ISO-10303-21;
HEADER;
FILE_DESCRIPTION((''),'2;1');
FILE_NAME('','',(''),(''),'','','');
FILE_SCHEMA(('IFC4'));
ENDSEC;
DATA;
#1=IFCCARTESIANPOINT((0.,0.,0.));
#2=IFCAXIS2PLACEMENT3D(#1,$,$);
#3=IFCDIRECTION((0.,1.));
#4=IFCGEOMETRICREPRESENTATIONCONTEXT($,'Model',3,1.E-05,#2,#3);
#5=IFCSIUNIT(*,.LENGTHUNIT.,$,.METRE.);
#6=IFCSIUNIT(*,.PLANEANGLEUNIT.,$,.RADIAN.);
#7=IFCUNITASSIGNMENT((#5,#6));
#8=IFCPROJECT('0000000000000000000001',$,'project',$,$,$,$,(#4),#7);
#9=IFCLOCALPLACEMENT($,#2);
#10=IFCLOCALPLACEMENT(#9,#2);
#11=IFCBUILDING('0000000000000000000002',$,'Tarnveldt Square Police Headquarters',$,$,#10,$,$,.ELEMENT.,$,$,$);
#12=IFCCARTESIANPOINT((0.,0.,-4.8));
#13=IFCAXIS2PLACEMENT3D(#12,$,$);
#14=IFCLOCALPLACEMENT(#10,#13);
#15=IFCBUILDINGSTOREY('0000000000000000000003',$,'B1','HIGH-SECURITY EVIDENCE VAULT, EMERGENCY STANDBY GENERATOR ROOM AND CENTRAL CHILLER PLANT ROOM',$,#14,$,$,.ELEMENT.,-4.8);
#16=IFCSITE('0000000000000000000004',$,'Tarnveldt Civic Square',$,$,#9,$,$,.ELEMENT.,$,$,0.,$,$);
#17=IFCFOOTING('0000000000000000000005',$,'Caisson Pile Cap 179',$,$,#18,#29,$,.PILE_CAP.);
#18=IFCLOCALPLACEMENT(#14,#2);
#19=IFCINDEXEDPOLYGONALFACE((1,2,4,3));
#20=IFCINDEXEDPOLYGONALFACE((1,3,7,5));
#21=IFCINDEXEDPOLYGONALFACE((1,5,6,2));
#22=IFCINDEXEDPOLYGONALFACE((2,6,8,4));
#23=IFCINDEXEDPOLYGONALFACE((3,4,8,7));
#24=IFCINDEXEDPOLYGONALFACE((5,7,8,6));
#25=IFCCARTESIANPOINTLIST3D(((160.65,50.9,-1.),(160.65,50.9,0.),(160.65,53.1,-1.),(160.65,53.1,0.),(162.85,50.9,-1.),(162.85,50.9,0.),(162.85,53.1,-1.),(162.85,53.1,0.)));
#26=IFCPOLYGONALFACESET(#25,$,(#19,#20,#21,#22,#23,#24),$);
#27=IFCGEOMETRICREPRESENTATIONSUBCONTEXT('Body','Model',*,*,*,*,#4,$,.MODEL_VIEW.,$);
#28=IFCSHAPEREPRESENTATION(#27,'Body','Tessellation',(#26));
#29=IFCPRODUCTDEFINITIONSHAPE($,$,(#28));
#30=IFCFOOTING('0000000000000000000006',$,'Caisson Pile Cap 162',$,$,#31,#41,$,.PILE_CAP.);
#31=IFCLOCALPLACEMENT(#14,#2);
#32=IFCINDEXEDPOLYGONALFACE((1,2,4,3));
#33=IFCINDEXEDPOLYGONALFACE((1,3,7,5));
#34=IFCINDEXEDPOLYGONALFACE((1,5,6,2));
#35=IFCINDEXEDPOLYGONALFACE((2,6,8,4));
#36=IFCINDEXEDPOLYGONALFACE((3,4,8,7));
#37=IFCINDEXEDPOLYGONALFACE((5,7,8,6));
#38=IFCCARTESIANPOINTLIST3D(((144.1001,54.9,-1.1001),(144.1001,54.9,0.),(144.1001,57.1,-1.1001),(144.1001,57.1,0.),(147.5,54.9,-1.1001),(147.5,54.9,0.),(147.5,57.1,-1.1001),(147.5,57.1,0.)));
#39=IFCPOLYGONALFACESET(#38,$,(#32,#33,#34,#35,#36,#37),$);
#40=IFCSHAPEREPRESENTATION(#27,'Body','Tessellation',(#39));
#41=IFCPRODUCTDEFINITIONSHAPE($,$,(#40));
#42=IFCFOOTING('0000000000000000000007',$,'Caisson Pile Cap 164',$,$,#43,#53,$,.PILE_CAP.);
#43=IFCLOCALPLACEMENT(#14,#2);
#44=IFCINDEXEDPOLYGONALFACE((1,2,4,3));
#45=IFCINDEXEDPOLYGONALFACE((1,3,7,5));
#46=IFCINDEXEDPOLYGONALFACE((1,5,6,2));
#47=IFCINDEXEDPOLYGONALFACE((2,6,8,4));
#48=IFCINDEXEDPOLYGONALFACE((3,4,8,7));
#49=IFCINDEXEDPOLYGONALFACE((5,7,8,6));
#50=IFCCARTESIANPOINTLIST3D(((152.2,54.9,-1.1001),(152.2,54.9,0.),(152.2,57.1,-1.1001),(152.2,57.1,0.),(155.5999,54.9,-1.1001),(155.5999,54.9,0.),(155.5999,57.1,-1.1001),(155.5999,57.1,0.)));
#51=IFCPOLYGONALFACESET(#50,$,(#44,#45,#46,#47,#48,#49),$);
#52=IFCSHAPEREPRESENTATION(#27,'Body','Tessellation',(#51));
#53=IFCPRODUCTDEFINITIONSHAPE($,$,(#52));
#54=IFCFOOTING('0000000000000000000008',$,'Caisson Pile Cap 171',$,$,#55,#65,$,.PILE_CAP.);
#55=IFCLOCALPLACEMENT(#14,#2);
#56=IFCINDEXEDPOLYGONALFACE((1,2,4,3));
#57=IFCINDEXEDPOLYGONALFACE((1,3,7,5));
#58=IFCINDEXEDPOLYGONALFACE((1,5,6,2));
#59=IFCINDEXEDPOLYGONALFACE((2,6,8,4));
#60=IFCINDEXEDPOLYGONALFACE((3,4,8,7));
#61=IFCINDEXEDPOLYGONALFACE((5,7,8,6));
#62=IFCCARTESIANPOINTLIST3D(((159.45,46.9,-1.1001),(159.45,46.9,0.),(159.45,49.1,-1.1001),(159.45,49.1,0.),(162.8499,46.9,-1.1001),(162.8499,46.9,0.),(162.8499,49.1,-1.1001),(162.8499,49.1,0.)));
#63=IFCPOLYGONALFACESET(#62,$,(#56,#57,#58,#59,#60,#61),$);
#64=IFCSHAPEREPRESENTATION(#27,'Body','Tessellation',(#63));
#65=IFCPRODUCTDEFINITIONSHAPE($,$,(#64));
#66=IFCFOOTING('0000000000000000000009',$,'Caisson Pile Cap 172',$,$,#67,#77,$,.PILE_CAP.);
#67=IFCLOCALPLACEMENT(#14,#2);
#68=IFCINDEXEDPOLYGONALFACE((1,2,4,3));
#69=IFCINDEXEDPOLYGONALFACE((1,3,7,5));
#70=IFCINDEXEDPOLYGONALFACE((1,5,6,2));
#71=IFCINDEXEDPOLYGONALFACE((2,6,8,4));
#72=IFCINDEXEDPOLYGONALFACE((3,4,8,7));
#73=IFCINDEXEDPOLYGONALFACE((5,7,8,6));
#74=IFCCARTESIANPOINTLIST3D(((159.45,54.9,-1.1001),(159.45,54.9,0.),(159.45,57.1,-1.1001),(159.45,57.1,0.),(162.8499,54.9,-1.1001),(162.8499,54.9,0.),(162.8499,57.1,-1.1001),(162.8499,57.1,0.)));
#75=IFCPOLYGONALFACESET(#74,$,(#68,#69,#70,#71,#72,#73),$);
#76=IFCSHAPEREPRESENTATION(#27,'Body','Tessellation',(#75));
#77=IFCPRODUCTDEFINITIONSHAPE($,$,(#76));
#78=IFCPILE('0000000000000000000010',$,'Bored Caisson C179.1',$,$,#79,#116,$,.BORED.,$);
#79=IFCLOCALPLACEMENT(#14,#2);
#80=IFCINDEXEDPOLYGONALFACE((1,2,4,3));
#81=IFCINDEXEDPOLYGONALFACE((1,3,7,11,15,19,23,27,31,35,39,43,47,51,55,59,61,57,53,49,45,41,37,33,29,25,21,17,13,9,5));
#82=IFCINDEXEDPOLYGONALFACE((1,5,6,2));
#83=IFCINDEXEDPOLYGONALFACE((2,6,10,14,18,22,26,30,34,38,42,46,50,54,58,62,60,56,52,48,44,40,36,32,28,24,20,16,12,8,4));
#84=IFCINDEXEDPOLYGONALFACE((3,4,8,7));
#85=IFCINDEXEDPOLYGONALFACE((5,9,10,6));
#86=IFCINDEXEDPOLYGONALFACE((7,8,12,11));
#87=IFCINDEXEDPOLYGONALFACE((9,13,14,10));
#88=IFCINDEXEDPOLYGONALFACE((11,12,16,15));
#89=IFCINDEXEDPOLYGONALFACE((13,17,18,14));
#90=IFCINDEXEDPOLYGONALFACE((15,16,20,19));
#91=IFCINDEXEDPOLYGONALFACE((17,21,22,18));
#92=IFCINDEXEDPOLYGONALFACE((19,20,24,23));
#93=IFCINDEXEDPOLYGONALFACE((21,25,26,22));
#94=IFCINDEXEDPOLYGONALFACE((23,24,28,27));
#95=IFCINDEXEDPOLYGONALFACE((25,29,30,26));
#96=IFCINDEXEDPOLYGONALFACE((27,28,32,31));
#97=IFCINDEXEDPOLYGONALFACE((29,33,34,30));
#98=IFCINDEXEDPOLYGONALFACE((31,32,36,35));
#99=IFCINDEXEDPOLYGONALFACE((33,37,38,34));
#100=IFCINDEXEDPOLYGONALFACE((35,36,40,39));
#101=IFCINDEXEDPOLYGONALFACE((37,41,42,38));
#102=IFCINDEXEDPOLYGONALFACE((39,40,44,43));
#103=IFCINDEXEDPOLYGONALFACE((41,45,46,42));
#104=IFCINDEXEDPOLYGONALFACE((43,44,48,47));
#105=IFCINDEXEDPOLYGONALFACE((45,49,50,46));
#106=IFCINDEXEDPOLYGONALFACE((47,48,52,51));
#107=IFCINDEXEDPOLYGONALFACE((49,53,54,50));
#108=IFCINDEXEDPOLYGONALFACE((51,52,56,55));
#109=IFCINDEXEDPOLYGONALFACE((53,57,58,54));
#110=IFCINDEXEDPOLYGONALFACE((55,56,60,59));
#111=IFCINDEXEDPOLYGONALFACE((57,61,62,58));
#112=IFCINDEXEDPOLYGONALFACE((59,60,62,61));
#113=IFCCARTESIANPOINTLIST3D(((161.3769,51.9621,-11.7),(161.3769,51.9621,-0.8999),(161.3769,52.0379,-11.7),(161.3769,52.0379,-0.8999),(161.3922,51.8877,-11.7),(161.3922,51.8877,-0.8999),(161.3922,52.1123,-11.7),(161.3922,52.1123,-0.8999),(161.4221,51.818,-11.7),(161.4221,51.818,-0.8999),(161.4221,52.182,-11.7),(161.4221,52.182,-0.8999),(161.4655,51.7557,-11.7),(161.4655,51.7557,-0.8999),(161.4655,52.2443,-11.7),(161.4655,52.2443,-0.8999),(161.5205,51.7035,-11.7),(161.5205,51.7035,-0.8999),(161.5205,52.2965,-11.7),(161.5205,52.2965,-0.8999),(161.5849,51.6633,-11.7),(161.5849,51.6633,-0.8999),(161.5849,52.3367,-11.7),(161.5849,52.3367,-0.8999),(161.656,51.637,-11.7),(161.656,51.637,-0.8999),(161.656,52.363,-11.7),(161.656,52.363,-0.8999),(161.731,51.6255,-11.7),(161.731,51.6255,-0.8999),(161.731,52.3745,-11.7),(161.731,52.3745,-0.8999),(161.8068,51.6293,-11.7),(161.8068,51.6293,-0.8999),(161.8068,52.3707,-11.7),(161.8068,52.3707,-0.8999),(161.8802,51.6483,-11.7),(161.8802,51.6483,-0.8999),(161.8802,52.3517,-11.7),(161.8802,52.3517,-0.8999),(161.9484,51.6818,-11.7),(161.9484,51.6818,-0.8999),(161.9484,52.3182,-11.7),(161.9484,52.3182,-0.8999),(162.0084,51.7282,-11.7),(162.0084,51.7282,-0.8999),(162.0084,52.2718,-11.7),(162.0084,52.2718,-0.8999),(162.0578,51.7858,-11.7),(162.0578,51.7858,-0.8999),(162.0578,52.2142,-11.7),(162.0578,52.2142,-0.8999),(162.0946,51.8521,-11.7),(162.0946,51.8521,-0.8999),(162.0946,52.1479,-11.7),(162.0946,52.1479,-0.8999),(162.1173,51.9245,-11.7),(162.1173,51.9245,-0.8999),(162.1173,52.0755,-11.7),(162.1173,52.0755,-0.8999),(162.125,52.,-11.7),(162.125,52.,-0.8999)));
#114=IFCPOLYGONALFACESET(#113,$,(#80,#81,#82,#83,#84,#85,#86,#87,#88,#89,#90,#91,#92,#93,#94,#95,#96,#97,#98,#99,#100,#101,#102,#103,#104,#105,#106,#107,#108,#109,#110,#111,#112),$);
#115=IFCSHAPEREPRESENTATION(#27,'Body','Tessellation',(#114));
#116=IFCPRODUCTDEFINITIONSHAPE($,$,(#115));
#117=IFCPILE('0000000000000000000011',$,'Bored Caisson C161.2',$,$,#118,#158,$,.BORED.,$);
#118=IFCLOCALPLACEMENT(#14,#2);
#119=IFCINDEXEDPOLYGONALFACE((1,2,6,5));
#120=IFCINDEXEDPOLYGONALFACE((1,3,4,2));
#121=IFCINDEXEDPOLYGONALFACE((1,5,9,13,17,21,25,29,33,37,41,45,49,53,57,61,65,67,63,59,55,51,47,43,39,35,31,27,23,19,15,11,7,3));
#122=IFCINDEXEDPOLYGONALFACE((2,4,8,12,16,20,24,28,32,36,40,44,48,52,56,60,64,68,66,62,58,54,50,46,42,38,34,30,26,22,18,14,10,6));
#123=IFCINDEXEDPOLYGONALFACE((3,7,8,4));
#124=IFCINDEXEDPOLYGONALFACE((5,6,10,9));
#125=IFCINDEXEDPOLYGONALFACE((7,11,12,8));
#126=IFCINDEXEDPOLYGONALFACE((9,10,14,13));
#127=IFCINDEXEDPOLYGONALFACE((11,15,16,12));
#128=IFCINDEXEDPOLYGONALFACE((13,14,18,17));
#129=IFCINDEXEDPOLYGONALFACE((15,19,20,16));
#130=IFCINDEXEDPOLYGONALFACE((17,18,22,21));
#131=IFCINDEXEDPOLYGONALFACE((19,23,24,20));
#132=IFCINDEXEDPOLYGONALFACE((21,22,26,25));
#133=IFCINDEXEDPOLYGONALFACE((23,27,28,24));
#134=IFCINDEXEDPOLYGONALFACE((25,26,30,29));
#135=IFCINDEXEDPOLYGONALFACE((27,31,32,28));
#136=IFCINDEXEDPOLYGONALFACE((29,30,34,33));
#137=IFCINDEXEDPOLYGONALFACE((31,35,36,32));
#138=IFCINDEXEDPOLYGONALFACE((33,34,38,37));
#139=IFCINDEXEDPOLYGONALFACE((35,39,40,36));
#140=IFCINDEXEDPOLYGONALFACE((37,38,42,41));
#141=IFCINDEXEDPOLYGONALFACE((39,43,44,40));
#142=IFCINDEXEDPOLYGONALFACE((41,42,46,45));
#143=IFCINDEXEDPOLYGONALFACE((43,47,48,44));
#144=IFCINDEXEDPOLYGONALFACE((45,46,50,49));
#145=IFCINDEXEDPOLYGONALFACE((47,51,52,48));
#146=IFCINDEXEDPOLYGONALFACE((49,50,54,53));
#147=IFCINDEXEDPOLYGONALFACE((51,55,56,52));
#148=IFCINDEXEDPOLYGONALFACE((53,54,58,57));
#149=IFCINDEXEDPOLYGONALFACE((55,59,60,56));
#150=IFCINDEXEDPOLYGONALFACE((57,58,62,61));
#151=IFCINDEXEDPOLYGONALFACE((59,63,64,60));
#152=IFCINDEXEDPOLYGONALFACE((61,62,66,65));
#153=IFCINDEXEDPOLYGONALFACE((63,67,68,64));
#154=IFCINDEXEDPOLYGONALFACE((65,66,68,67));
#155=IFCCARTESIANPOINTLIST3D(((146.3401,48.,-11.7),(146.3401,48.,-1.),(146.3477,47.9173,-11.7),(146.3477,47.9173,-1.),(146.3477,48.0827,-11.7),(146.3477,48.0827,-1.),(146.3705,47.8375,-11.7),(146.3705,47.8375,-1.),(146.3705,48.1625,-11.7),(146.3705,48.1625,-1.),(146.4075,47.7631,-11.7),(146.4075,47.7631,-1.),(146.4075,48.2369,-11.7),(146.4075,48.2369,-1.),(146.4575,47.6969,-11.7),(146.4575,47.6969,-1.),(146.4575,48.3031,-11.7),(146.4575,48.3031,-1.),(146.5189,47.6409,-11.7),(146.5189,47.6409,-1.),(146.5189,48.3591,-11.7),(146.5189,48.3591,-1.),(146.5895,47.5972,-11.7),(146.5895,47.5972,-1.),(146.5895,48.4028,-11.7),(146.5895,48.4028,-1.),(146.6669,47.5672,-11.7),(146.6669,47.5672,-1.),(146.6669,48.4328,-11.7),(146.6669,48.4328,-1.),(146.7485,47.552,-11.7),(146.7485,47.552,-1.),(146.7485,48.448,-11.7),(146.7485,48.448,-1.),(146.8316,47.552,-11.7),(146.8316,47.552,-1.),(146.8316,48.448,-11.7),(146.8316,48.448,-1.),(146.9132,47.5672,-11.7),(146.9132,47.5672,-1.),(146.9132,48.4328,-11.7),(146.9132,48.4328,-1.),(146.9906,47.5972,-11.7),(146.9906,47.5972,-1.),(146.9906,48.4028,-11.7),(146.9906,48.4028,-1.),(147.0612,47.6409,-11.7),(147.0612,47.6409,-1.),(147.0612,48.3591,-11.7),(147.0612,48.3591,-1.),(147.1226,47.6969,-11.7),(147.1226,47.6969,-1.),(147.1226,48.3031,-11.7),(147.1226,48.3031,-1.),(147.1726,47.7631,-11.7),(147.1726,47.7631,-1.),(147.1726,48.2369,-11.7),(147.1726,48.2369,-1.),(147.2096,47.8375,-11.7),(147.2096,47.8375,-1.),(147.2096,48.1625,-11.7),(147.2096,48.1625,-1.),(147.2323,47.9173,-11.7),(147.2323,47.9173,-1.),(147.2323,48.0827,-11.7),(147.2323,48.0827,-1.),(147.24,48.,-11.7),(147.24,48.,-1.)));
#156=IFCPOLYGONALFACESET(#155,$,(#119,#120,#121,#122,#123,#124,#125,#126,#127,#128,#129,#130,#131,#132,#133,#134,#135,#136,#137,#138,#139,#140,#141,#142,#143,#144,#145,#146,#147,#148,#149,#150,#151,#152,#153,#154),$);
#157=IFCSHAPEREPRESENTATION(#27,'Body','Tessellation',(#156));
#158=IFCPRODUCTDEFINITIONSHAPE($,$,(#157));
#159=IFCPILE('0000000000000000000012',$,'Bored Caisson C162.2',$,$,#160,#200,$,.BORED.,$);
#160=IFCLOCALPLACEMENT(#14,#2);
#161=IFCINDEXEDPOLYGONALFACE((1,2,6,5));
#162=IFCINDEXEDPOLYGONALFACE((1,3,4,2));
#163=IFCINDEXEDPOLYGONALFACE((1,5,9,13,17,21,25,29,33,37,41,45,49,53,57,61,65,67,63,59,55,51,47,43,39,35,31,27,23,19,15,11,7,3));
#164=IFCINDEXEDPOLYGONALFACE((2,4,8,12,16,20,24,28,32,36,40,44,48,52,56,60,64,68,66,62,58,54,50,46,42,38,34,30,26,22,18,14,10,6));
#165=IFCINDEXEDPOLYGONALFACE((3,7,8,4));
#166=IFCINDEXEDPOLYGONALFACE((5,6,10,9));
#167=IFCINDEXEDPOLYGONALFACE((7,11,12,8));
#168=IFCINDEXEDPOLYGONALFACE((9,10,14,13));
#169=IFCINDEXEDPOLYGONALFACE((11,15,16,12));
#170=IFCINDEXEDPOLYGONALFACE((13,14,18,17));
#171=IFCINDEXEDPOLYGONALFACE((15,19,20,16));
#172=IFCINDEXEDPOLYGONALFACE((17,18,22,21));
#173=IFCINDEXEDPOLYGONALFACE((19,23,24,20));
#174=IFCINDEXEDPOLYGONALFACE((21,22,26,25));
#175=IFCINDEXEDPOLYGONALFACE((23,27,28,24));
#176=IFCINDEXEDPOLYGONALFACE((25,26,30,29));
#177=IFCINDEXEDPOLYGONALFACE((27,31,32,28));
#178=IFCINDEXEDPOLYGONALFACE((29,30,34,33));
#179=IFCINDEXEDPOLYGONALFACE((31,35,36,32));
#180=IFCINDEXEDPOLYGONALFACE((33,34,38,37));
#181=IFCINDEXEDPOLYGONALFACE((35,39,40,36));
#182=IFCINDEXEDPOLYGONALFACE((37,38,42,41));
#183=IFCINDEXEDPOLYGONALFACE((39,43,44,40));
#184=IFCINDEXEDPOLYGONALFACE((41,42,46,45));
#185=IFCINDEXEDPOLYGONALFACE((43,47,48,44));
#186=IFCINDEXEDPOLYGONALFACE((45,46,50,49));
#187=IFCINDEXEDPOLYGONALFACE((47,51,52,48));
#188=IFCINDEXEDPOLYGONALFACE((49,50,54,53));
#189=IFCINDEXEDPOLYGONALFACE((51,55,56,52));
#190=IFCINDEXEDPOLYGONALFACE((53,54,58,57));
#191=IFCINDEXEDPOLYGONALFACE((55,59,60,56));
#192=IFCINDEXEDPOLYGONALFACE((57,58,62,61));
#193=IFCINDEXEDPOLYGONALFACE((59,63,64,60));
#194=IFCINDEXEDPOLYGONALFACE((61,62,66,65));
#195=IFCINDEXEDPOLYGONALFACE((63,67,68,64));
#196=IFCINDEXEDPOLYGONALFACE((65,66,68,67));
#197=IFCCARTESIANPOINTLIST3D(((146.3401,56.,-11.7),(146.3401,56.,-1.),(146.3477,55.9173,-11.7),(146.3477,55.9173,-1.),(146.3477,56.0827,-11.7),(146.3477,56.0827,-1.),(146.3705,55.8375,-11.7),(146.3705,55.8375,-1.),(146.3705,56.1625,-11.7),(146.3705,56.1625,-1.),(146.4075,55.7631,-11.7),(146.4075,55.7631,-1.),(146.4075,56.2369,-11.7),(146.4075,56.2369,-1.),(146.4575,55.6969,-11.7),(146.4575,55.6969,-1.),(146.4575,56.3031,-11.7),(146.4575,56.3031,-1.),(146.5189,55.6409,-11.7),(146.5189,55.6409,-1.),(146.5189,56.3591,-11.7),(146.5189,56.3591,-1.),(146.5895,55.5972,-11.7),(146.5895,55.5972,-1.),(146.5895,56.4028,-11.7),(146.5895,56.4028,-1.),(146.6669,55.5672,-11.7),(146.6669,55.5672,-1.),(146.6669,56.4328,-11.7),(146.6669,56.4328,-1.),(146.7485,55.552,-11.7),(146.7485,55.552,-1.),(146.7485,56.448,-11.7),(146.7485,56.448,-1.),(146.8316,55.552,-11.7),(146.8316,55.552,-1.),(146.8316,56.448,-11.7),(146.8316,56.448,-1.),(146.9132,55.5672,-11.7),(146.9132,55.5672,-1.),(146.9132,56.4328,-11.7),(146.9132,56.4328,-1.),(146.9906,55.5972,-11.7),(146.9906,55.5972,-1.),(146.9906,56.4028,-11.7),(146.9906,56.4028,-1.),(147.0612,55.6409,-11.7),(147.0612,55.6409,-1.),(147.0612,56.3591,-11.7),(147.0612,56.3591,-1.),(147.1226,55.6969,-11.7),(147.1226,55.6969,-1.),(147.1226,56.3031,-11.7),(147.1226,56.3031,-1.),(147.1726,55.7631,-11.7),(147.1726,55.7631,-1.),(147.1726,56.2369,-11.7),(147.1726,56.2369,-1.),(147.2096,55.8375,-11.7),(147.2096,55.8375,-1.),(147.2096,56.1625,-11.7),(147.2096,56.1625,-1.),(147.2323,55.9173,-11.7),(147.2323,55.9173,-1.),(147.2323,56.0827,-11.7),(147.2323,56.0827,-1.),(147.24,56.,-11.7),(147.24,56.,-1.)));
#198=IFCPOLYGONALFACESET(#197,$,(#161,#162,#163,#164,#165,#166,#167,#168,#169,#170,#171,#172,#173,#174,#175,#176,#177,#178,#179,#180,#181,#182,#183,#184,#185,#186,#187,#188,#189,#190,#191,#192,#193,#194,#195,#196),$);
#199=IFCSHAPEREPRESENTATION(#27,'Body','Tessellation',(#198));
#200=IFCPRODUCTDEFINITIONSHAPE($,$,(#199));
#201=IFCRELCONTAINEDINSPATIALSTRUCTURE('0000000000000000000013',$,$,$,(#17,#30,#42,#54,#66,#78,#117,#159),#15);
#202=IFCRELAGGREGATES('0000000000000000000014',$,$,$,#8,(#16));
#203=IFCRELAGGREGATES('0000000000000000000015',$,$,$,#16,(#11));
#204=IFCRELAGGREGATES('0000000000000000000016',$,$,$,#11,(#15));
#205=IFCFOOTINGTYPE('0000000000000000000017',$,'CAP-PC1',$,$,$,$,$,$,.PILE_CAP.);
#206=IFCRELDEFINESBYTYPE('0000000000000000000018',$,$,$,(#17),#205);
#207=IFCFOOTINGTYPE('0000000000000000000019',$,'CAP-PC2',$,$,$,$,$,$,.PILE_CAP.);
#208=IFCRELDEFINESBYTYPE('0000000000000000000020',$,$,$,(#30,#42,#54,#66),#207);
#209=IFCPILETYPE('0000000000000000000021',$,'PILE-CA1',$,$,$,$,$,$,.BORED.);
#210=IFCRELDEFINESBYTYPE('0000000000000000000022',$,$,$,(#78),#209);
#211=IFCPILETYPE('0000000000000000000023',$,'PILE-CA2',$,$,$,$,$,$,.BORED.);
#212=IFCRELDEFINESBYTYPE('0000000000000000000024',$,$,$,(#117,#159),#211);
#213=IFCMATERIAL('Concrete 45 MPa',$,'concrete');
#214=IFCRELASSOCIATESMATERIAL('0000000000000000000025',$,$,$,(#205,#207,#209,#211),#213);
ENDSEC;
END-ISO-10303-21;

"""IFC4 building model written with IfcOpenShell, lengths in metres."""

from ifc_helpers import new_model, si_unit, direction, frame, origin, origin_2d, place, context, subcontext, project, spatial, rectangle, circle, extrude, material, material_profile, profile_set, type_object, element, save


model = new_model("IFC4")

# Units and contexts
model_context = context("Model", 3, precision=1e-05, world=origin(), true_north=direction((0.0, 1.0)))
body_context = subcontext(model_context, "Body", "Model", "MODEL_VIEW")
ifc_project = project(units=[si_unit("LENGTHUNIT", "METRE"), si_unit("PLANEANGLEUNIT", "RADIAN")], contexts=[model_context])

# Site, building, storey
site_placement = place(None, origin())
site = spatial("IfcSite", under=ifc_project, at=site_placement, Name="Tarnveldt Civic Square", CompositionType="ELEMENT", RefElevation=0.0)
building_placement = place(site_placement, origin())
building = spatial("IfcBuilding", under=site, at=building_placement, Name="Tarnveldt Square Police Headquarters", CompositionType="ELEMENT")
storey_placement = place(building_placement, frame((0.0, 0.0, -4.8)))
storey = spatial("IfcBuildingStorey", under=building, at=storey_placement, Name="B1", Description="HIGH-SECURITY EVIDENCE VAULT, EMERGENCY STANDBY GENERATOR ROOM AND CENTRAL CHILLER PLANT ROOM", CompositionType="ELEMENT", Elevation=-4.8)

# Footings
ifc_material_1 = material(Name="Concrete 45 MPa", Category="concrete")
footing_type_1 = type_object("IfcFootingType", Name="CAP-PC1", PredefinedType="PILE_CAP", material=ifc_material_1)
footing_placement = place(storey_placement, frame((161.75, 52.0, -1.0), z_axis=(0.0, 0.0, 1.0), x_axis=(1.0, 0.0, 0.0)))
element("IfcFooting", 1, at=footing_placement, inside=storey, type_object=footing_type_1, Name="Caisson Pile Cap 179", PredefinedType="PILE_CAP", context=body_context, shape_type="SweptSolid", body=[
    extrude(rectangle(XDim=2.2, YDim=2.2, at=origin_2d()), origin(), (0.0, 0.0, 1.0), 1.0),
])
footing_type_2 = type_object("IfcFootingType", Name="CAP-PC2", PredefinedType="PILE_CAP", material=ifc_material_1)
for number, where, z_axis, x_axis, name in (
    (2, (145.8, 56.0, -1.1001), (0.0, 0.0, 1.0), (1.0, 0.0, 0.0), "Caisson Pile Cap 162"),
    (3, (153.8999, 56.0, -1.1001), (0.0, 0.0, 1.0), (1.0, 0.0, 0.0), "Caisson Pile Cap 164"),
    (4, (161.1499, 48.0, -1.1001), (0.0, 0.0, 1.0), (1.0, 0.0, 0.0), "Caisson Pile Cap 171"),
    (5, (161.1499, 56.0, -1.1001), (0.0, 0.0, 1.0), (1.0, 0.0, 0.0), "Caisson Pile Cap 172"),
):
    element("IfcFooting", number, at=place(storey_placement, frame(where, z_axis=z_axis, x_axis=x_axis)), inside=storey, type_object=footing_type_2, Name=name, PredefinedType="PILE_CAP", context=body_context, shape_type="SweptSolid", body=[
        extrude(rectangle(XDim=3.3999, YDim=2.2, at=origin_2d()), origin(), (0.0, 0.0, 1.0), 1.1001),
    ])

# Piles
ifc_material_profile_1 = material_profile(ifc_material_1, circle(Radius=0.375, at=origin_2d()), Name="CAISSON-D750")
ifc_profile_set_1 = profile_set([ifc_material_profile_1], Name="Concrete 45 MPa")
pile_type_1 = type_object("IfcPileType", Name="PILE-CA1", PredefinedType="BORED", material=ifc_profile_set_1)
pile_placement = place(storey_placement, frame((161.75, 52.0, -0.8999), z_axis=(0.0, 0.0, -1.0), x_axis=(1.0, 0.0, 0.0)))
element("IfcPile", 6, at=pile_placement, inside=storey, type_object=pile_type_1, Name="Bored Caisson C179.1", PredefinedType="BORED", context=body_context, shape_type="SweptSolid", body=[
    extrude(circle(Radius=0.375, at=origin_2d()), origin(), (0.0, 0.0, 1.0), 10.8),
])
ifc_material_profile_2 = material_profile(ifc_material_1, circle(Radius=0.45, at=origin_2d()), Name="CAISSON-D900")
ifc_profile_set_2 = profile_set([ifc_material_profile_2], Name="Concrete 45 MPa")
pile_type_2 = type_object("IfcPileType", Name="PILE-CA2", PredefinedType="BORED", material=ifc_profile_set_2)
for number, where, z_axis, x_axis, name in (
    (7, (146.79, 48.0, -1.0), (0.0, 0.0, -1.0), (1.0, 0.0, 0.0), "Bored Caisson C161.2"),
    (8, (146.79, 56.0, -1.0), (0.0, 0.0, -1.0), (1.0, 0.0, 0.0), "Bored Caisson C162.2"),
):
    element("IfcPile", number, at=place(storey_placement, frame(where, z_axis=z_axis, x_axis=x_axis)), inside=storey, type_object=pile_type_2, Name=name, PredefinedType="BORED", context=body_context, shape_type="SweptSolid", body=[
        extrude(circle(Radius=0.45, at=origin_2d()), origin(), (0.0, 0.0, 1.0), 10.7),
    ])

save(model, "model.ifc")
